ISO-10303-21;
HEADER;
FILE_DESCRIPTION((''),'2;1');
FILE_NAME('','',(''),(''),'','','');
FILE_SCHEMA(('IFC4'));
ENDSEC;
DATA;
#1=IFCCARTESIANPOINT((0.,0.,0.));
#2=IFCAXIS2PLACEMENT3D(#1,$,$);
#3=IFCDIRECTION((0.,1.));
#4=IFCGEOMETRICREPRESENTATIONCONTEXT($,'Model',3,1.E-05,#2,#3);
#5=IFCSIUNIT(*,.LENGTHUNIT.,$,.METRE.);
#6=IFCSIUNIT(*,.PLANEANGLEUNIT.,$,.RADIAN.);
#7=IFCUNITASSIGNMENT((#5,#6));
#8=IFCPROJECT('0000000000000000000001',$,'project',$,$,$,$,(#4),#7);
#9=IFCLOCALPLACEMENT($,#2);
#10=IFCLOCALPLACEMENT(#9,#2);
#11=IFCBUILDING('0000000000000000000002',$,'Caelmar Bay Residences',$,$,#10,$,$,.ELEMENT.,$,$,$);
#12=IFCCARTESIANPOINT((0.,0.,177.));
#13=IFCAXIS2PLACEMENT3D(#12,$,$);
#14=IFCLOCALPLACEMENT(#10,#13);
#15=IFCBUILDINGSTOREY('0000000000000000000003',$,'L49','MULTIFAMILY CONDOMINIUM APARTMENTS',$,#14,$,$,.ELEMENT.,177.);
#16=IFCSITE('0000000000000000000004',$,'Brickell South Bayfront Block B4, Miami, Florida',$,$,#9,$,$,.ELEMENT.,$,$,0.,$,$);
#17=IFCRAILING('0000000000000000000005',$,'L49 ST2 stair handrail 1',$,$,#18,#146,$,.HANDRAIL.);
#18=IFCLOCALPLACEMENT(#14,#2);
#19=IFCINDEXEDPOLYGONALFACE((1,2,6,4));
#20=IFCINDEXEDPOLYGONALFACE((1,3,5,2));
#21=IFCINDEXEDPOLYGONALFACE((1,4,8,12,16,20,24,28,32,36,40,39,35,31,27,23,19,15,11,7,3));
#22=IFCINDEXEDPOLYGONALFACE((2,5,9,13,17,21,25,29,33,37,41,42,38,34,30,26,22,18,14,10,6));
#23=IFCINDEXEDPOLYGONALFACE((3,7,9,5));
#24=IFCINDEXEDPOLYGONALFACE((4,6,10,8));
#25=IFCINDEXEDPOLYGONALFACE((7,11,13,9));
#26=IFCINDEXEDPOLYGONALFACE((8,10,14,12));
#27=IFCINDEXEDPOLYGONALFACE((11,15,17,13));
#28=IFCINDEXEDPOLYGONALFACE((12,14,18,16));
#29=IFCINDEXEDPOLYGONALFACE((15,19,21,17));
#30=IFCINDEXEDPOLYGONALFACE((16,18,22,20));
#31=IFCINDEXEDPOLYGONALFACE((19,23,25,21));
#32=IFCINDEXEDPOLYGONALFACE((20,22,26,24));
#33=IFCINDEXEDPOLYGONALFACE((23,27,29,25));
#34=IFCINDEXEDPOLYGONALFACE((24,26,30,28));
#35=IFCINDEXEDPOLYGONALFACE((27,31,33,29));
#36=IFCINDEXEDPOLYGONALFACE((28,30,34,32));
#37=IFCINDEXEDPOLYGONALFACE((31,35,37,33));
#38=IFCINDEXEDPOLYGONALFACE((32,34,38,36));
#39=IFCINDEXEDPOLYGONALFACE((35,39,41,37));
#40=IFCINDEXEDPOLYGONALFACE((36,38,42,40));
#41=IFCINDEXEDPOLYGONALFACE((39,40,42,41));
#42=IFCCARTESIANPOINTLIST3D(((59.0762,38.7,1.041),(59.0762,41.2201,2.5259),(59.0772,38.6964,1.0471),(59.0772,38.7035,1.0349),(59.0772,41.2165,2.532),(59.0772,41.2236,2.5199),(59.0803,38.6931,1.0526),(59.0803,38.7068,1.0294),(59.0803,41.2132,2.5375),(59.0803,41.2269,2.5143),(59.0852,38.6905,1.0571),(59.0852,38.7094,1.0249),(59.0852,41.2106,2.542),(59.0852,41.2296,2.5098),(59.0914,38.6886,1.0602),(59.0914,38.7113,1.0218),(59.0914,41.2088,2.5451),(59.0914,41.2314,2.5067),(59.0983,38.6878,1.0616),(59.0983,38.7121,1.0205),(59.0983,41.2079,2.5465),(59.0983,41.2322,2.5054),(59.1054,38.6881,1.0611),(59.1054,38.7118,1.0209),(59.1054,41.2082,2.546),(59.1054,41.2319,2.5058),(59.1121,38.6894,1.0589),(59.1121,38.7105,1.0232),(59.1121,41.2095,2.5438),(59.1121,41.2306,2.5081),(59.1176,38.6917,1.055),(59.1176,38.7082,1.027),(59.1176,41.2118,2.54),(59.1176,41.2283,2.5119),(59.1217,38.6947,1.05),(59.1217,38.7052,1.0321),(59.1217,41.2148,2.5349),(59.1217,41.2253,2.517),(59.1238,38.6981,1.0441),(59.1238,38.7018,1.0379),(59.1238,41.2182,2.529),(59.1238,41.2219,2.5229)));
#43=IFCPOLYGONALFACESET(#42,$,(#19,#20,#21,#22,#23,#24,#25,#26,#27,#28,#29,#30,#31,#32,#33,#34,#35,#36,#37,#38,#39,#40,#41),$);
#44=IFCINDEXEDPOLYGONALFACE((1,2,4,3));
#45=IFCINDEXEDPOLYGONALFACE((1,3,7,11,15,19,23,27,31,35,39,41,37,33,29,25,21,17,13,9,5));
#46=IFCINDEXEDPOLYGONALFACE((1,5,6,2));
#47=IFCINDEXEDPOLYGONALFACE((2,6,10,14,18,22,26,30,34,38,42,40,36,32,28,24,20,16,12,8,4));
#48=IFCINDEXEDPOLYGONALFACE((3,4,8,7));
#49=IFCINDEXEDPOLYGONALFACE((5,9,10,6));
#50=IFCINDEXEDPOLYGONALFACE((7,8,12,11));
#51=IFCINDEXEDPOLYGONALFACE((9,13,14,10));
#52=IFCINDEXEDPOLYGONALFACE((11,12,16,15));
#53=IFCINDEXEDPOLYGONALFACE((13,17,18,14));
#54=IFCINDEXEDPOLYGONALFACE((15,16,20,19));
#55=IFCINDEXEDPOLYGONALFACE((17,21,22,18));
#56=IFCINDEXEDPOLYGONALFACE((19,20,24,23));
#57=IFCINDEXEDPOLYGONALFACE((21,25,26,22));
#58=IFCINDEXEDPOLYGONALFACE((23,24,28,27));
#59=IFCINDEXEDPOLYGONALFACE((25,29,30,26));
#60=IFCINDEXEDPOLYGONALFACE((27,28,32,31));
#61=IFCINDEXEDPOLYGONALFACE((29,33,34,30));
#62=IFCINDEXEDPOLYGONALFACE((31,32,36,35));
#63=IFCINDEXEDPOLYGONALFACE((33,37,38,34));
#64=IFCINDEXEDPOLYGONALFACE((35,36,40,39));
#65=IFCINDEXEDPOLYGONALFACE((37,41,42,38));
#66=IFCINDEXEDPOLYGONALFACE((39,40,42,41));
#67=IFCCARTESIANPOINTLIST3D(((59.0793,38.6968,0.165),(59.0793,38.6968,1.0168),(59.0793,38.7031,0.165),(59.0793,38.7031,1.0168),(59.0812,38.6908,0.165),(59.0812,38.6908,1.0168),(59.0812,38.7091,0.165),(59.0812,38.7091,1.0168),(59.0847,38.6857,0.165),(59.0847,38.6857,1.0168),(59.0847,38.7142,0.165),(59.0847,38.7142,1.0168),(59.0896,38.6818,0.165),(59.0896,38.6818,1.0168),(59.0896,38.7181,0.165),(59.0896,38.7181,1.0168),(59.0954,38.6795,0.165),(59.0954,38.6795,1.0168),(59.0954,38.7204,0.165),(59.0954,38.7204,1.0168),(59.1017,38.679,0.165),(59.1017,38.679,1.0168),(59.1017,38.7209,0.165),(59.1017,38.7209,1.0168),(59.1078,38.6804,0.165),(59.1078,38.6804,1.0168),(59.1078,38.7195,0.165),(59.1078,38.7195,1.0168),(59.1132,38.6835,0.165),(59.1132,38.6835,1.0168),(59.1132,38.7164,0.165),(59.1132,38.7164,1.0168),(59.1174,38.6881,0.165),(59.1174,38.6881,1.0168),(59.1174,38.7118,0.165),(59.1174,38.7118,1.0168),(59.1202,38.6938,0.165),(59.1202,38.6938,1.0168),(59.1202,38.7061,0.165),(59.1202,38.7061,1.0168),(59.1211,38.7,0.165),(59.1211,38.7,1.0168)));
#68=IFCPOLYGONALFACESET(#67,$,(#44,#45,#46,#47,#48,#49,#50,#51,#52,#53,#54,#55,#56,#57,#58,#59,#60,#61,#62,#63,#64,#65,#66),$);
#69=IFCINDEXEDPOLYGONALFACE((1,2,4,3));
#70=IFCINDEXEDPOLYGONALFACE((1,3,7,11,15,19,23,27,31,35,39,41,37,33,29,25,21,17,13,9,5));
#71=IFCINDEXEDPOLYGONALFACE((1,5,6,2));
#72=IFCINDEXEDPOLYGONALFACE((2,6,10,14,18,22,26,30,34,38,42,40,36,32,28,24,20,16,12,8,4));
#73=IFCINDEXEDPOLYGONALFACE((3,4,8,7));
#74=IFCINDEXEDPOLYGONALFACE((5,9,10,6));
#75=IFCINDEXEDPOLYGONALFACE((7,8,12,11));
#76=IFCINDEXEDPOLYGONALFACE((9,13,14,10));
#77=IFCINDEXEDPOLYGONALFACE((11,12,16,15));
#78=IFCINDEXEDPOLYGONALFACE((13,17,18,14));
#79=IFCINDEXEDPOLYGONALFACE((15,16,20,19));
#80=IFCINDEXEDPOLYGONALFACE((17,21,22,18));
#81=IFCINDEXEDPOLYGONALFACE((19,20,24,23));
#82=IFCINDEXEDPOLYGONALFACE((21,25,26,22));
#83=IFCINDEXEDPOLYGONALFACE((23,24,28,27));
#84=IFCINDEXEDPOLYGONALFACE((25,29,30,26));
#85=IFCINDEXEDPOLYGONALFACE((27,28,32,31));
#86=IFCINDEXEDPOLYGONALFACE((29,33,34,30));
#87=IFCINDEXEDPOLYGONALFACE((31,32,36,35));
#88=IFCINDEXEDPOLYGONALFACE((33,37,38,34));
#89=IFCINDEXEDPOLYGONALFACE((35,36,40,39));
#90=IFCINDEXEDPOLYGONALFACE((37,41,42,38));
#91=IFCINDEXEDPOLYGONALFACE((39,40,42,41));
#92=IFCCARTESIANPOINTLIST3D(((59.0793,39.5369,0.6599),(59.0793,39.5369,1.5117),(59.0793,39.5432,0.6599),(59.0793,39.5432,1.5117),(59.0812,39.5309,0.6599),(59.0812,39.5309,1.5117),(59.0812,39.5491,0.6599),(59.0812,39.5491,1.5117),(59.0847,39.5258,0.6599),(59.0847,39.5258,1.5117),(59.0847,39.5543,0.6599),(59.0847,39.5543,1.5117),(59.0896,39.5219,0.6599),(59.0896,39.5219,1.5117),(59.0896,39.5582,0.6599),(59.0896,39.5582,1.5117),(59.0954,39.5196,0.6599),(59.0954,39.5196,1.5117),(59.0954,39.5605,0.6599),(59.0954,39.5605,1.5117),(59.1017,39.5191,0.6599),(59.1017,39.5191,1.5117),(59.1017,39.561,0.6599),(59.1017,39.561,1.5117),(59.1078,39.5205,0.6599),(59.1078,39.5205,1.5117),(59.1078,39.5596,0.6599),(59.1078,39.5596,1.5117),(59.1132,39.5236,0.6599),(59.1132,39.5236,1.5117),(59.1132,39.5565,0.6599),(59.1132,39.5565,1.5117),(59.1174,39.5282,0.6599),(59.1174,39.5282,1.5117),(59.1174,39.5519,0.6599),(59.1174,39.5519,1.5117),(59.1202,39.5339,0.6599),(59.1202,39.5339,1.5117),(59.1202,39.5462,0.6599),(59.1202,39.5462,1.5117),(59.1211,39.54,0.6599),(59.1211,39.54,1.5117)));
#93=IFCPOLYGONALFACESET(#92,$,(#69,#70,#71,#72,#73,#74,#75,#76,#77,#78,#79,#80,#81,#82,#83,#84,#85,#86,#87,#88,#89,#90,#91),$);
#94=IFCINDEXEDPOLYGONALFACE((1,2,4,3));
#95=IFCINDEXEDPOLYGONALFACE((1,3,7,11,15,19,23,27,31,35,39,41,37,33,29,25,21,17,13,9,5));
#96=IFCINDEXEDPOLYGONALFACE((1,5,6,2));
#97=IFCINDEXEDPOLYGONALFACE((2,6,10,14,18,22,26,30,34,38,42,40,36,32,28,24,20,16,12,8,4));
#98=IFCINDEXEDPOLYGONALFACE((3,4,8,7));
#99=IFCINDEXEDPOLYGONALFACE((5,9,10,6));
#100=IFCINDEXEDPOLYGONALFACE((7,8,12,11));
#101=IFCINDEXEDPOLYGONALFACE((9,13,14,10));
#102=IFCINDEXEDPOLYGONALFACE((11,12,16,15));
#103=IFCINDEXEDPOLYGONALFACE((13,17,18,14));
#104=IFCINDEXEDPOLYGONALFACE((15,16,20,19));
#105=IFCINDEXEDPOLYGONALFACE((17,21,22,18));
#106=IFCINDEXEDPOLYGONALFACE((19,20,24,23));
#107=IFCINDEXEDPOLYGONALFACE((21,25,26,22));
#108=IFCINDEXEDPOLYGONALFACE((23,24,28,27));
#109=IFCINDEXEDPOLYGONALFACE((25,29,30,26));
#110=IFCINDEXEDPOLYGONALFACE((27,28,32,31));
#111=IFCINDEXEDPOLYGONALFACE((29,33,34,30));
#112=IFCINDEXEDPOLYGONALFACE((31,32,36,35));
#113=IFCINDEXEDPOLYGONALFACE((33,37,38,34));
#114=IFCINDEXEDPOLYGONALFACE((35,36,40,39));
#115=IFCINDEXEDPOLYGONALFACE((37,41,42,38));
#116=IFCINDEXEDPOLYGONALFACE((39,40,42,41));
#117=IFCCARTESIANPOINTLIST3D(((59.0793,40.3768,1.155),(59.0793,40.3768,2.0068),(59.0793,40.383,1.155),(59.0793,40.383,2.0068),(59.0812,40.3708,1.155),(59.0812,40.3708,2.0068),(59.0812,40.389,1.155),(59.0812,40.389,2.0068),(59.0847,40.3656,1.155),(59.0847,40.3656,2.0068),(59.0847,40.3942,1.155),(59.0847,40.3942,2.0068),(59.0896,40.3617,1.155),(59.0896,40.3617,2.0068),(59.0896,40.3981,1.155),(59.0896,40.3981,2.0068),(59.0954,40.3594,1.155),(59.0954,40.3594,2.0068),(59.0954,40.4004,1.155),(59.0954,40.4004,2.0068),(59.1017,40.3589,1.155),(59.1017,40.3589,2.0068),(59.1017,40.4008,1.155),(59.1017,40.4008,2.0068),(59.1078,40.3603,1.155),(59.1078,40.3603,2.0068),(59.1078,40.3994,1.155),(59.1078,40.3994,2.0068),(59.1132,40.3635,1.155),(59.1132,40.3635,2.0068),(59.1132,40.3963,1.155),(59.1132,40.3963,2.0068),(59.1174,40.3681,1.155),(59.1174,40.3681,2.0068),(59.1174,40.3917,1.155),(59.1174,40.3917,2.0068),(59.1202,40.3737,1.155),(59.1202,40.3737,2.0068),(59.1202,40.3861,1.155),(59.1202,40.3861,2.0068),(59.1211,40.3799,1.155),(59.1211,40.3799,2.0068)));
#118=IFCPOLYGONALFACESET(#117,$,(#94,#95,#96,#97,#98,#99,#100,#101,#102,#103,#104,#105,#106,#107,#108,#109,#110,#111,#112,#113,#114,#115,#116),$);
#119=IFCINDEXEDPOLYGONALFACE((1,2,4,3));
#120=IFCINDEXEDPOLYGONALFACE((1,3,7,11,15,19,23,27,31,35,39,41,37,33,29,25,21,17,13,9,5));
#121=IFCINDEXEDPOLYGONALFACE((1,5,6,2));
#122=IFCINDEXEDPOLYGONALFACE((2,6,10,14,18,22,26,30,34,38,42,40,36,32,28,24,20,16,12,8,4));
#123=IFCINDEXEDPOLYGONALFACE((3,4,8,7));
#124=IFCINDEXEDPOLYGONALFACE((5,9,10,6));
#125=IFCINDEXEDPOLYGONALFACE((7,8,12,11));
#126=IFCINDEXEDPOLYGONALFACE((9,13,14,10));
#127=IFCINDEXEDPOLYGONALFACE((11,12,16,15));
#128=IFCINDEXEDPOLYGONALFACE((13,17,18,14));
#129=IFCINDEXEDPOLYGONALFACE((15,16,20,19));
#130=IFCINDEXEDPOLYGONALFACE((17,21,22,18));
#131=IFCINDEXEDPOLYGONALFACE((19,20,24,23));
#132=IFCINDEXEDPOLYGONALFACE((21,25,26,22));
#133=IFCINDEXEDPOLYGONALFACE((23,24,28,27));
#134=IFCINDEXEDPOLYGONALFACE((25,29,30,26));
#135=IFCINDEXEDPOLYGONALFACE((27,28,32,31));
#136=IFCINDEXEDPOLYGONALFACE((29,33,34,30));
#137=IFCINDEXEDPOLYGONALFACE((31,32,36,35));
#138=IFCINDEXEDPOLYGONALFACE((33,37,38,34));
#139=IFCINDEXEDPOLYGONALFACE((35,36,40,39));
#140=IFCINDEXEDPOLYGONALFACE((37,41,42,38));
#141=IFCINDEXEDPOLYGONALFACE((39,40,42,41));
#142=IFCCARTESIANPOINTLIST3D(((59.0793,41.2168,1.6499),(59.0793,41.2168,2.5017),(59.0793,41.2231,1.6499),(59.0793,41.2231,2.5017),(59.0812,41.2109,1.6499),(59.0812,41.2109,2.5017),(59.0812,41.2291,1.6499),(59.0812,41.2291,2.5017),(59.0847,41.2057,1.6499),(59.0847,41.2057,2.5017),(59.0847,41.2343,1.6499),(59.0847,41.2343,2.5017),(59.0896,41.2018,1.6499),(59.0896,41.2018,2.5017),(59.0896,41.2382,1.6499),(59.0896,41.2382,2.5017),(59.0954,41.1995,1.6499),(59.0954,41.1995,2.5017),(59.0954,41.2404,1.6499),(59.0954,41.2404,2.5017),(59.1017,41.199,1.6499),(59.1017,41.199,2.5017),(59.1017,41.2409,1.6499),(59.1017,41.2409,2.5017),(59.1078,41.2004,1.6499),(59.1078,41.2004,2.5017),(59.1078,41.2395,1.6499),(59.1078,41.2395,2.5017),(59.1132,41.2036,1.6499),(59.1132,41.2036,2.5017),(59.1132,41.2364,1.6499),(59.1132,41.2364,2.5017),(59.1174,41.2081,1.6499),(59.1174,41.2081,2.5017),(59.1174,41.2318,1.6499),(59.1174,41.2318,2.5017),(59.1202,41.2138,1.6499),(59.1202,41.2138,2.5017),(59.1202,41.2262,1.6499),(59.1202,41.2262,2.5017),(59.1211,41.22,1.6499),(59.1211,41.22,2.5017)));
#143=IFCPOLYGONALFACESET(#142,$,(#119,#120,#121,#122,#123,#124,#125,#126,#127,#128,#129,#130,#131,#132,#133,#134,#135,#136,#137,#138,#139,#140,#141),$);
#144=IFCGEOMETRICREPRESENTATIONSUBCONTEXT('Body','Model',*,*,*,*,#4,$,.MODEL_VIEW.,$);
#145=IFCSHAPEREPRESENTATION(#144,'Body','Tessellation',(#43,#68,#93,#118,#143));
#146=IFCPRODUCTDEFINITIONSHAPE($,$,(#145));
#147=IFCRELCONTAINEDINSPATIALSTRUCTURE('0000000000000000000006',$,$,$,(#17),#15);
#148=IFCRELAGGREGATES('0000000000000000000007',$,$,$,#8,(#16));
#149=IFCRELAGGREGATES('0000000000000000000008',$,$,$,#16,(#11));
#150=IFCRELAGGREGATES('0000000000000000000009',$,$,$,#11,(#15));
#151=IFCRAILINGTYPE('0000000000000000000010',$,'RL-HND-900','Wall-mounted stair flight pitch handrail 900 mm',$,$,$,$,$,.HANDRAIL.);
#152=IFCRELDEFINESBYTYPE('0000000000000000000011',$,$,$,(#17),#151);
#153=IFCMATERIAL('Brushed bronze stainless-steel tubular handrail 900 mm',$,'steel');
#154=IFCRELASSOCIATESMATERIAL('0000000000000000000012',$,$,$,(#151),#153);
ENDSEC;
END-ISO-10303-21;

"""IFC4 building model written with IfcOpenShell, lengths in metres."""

from ifc_helpers import new_model, si_unit, direction, frame, origin, origin_2d, place, context, subcontext, project, spatial, circle, extrude, material, type_object, element, save


model = new_model("IFC4")

# Units and contexts
model_context = context("Model", 3, precision=1e-05, world=origin(), true_north=direction((0.0, 1.0)))
body_context = subcontext(model_context, "Body", "Model", "MODEL_VIEW")
ifc_project = project(units=[si_unit("LENGTHUNIT", "METRE"), si_unit("PLANEANGLEUNIT", "RADIAN")], contexts=[model_context])

# Site, building, storey
site_placement = place(None, origin())
site = spatial("IfcSite", under=ifc_project, at=site_placement, Name="Brickell South Bayfront Block B4, Miami, Florida", CompositionType="ELEMENT", RefElevation=0.0)
building_placement = place(site_placement, origin())
building = spatial("IfcBuilding", under=site, at=building_placement, Name="Caelmar Bay Residences", CompositionType="ELEMENT")
storey_placement = place(building_placement, frame((0.0, 0.0, 177.0)))
storey = spatial("IfcBuildingStorey", under=building, at=storey_placement, Name="L49", Description="MULTIFAMILY CONDOMINIUM APARTMENTS", CompositionType="ELEMENT", Elevation=177.0)

# Railing
ifc_material_1 = material(Name="Brushed bronze stainless-steel tubular handrail 900 mm", Category="steel")
railing_type_1 = type_object("IfcRailingType", Name="RL-HND-900", Description="Wall-mounted stair flight pitch handrail 900 mm", PredefinedType="HANDRAIL", material=ifc_material_1)
railing_1_placement = place(storey_placement, frame((59.1001, 38.7, 0.165)))
element("IfcRailing", 1, at=railing_1_placement, inside=storey, type_object=railing_type_1, Name="L49 ST2 stair handrail 1", PredefinedType="HANDRAIL", context=body_context, shape_type="SweptSolid", body=[
    extrude(circle(Radius=0.0239, at=origin_2d()), frame((0.0, 0.0, 0.876), z_axis=(0.0, 0.861561, 0.507655), x_axis=(-1.0, 0.0, 0.0)), (0.0, 0.0, 1.0), 2.925),
    extrude(circle(Radius=0.021, at=origin_2d()), origin(), (0.0, 0.0, 1.0), 0.8518),
    extrude(circle(Radius=0.021, at=origin_2d()), frame((0.0, 0.8401, 0.4949)), (0.0, 0.0, 1.0), 0.8518),
    extrude(circle(Radius=0.021, at=origin_2d()), frame((0.0, 1.6799, 0.99)), (0.0, 0.0, 1.0), 0.8518),
    extrude(circle(Radius=0.021, at=origin_2d()), frame((0.0, 2.52, 1.4849)), (0.0, 0.0, 1.0), 0.8518),
])

save(model, "model.ifc")
